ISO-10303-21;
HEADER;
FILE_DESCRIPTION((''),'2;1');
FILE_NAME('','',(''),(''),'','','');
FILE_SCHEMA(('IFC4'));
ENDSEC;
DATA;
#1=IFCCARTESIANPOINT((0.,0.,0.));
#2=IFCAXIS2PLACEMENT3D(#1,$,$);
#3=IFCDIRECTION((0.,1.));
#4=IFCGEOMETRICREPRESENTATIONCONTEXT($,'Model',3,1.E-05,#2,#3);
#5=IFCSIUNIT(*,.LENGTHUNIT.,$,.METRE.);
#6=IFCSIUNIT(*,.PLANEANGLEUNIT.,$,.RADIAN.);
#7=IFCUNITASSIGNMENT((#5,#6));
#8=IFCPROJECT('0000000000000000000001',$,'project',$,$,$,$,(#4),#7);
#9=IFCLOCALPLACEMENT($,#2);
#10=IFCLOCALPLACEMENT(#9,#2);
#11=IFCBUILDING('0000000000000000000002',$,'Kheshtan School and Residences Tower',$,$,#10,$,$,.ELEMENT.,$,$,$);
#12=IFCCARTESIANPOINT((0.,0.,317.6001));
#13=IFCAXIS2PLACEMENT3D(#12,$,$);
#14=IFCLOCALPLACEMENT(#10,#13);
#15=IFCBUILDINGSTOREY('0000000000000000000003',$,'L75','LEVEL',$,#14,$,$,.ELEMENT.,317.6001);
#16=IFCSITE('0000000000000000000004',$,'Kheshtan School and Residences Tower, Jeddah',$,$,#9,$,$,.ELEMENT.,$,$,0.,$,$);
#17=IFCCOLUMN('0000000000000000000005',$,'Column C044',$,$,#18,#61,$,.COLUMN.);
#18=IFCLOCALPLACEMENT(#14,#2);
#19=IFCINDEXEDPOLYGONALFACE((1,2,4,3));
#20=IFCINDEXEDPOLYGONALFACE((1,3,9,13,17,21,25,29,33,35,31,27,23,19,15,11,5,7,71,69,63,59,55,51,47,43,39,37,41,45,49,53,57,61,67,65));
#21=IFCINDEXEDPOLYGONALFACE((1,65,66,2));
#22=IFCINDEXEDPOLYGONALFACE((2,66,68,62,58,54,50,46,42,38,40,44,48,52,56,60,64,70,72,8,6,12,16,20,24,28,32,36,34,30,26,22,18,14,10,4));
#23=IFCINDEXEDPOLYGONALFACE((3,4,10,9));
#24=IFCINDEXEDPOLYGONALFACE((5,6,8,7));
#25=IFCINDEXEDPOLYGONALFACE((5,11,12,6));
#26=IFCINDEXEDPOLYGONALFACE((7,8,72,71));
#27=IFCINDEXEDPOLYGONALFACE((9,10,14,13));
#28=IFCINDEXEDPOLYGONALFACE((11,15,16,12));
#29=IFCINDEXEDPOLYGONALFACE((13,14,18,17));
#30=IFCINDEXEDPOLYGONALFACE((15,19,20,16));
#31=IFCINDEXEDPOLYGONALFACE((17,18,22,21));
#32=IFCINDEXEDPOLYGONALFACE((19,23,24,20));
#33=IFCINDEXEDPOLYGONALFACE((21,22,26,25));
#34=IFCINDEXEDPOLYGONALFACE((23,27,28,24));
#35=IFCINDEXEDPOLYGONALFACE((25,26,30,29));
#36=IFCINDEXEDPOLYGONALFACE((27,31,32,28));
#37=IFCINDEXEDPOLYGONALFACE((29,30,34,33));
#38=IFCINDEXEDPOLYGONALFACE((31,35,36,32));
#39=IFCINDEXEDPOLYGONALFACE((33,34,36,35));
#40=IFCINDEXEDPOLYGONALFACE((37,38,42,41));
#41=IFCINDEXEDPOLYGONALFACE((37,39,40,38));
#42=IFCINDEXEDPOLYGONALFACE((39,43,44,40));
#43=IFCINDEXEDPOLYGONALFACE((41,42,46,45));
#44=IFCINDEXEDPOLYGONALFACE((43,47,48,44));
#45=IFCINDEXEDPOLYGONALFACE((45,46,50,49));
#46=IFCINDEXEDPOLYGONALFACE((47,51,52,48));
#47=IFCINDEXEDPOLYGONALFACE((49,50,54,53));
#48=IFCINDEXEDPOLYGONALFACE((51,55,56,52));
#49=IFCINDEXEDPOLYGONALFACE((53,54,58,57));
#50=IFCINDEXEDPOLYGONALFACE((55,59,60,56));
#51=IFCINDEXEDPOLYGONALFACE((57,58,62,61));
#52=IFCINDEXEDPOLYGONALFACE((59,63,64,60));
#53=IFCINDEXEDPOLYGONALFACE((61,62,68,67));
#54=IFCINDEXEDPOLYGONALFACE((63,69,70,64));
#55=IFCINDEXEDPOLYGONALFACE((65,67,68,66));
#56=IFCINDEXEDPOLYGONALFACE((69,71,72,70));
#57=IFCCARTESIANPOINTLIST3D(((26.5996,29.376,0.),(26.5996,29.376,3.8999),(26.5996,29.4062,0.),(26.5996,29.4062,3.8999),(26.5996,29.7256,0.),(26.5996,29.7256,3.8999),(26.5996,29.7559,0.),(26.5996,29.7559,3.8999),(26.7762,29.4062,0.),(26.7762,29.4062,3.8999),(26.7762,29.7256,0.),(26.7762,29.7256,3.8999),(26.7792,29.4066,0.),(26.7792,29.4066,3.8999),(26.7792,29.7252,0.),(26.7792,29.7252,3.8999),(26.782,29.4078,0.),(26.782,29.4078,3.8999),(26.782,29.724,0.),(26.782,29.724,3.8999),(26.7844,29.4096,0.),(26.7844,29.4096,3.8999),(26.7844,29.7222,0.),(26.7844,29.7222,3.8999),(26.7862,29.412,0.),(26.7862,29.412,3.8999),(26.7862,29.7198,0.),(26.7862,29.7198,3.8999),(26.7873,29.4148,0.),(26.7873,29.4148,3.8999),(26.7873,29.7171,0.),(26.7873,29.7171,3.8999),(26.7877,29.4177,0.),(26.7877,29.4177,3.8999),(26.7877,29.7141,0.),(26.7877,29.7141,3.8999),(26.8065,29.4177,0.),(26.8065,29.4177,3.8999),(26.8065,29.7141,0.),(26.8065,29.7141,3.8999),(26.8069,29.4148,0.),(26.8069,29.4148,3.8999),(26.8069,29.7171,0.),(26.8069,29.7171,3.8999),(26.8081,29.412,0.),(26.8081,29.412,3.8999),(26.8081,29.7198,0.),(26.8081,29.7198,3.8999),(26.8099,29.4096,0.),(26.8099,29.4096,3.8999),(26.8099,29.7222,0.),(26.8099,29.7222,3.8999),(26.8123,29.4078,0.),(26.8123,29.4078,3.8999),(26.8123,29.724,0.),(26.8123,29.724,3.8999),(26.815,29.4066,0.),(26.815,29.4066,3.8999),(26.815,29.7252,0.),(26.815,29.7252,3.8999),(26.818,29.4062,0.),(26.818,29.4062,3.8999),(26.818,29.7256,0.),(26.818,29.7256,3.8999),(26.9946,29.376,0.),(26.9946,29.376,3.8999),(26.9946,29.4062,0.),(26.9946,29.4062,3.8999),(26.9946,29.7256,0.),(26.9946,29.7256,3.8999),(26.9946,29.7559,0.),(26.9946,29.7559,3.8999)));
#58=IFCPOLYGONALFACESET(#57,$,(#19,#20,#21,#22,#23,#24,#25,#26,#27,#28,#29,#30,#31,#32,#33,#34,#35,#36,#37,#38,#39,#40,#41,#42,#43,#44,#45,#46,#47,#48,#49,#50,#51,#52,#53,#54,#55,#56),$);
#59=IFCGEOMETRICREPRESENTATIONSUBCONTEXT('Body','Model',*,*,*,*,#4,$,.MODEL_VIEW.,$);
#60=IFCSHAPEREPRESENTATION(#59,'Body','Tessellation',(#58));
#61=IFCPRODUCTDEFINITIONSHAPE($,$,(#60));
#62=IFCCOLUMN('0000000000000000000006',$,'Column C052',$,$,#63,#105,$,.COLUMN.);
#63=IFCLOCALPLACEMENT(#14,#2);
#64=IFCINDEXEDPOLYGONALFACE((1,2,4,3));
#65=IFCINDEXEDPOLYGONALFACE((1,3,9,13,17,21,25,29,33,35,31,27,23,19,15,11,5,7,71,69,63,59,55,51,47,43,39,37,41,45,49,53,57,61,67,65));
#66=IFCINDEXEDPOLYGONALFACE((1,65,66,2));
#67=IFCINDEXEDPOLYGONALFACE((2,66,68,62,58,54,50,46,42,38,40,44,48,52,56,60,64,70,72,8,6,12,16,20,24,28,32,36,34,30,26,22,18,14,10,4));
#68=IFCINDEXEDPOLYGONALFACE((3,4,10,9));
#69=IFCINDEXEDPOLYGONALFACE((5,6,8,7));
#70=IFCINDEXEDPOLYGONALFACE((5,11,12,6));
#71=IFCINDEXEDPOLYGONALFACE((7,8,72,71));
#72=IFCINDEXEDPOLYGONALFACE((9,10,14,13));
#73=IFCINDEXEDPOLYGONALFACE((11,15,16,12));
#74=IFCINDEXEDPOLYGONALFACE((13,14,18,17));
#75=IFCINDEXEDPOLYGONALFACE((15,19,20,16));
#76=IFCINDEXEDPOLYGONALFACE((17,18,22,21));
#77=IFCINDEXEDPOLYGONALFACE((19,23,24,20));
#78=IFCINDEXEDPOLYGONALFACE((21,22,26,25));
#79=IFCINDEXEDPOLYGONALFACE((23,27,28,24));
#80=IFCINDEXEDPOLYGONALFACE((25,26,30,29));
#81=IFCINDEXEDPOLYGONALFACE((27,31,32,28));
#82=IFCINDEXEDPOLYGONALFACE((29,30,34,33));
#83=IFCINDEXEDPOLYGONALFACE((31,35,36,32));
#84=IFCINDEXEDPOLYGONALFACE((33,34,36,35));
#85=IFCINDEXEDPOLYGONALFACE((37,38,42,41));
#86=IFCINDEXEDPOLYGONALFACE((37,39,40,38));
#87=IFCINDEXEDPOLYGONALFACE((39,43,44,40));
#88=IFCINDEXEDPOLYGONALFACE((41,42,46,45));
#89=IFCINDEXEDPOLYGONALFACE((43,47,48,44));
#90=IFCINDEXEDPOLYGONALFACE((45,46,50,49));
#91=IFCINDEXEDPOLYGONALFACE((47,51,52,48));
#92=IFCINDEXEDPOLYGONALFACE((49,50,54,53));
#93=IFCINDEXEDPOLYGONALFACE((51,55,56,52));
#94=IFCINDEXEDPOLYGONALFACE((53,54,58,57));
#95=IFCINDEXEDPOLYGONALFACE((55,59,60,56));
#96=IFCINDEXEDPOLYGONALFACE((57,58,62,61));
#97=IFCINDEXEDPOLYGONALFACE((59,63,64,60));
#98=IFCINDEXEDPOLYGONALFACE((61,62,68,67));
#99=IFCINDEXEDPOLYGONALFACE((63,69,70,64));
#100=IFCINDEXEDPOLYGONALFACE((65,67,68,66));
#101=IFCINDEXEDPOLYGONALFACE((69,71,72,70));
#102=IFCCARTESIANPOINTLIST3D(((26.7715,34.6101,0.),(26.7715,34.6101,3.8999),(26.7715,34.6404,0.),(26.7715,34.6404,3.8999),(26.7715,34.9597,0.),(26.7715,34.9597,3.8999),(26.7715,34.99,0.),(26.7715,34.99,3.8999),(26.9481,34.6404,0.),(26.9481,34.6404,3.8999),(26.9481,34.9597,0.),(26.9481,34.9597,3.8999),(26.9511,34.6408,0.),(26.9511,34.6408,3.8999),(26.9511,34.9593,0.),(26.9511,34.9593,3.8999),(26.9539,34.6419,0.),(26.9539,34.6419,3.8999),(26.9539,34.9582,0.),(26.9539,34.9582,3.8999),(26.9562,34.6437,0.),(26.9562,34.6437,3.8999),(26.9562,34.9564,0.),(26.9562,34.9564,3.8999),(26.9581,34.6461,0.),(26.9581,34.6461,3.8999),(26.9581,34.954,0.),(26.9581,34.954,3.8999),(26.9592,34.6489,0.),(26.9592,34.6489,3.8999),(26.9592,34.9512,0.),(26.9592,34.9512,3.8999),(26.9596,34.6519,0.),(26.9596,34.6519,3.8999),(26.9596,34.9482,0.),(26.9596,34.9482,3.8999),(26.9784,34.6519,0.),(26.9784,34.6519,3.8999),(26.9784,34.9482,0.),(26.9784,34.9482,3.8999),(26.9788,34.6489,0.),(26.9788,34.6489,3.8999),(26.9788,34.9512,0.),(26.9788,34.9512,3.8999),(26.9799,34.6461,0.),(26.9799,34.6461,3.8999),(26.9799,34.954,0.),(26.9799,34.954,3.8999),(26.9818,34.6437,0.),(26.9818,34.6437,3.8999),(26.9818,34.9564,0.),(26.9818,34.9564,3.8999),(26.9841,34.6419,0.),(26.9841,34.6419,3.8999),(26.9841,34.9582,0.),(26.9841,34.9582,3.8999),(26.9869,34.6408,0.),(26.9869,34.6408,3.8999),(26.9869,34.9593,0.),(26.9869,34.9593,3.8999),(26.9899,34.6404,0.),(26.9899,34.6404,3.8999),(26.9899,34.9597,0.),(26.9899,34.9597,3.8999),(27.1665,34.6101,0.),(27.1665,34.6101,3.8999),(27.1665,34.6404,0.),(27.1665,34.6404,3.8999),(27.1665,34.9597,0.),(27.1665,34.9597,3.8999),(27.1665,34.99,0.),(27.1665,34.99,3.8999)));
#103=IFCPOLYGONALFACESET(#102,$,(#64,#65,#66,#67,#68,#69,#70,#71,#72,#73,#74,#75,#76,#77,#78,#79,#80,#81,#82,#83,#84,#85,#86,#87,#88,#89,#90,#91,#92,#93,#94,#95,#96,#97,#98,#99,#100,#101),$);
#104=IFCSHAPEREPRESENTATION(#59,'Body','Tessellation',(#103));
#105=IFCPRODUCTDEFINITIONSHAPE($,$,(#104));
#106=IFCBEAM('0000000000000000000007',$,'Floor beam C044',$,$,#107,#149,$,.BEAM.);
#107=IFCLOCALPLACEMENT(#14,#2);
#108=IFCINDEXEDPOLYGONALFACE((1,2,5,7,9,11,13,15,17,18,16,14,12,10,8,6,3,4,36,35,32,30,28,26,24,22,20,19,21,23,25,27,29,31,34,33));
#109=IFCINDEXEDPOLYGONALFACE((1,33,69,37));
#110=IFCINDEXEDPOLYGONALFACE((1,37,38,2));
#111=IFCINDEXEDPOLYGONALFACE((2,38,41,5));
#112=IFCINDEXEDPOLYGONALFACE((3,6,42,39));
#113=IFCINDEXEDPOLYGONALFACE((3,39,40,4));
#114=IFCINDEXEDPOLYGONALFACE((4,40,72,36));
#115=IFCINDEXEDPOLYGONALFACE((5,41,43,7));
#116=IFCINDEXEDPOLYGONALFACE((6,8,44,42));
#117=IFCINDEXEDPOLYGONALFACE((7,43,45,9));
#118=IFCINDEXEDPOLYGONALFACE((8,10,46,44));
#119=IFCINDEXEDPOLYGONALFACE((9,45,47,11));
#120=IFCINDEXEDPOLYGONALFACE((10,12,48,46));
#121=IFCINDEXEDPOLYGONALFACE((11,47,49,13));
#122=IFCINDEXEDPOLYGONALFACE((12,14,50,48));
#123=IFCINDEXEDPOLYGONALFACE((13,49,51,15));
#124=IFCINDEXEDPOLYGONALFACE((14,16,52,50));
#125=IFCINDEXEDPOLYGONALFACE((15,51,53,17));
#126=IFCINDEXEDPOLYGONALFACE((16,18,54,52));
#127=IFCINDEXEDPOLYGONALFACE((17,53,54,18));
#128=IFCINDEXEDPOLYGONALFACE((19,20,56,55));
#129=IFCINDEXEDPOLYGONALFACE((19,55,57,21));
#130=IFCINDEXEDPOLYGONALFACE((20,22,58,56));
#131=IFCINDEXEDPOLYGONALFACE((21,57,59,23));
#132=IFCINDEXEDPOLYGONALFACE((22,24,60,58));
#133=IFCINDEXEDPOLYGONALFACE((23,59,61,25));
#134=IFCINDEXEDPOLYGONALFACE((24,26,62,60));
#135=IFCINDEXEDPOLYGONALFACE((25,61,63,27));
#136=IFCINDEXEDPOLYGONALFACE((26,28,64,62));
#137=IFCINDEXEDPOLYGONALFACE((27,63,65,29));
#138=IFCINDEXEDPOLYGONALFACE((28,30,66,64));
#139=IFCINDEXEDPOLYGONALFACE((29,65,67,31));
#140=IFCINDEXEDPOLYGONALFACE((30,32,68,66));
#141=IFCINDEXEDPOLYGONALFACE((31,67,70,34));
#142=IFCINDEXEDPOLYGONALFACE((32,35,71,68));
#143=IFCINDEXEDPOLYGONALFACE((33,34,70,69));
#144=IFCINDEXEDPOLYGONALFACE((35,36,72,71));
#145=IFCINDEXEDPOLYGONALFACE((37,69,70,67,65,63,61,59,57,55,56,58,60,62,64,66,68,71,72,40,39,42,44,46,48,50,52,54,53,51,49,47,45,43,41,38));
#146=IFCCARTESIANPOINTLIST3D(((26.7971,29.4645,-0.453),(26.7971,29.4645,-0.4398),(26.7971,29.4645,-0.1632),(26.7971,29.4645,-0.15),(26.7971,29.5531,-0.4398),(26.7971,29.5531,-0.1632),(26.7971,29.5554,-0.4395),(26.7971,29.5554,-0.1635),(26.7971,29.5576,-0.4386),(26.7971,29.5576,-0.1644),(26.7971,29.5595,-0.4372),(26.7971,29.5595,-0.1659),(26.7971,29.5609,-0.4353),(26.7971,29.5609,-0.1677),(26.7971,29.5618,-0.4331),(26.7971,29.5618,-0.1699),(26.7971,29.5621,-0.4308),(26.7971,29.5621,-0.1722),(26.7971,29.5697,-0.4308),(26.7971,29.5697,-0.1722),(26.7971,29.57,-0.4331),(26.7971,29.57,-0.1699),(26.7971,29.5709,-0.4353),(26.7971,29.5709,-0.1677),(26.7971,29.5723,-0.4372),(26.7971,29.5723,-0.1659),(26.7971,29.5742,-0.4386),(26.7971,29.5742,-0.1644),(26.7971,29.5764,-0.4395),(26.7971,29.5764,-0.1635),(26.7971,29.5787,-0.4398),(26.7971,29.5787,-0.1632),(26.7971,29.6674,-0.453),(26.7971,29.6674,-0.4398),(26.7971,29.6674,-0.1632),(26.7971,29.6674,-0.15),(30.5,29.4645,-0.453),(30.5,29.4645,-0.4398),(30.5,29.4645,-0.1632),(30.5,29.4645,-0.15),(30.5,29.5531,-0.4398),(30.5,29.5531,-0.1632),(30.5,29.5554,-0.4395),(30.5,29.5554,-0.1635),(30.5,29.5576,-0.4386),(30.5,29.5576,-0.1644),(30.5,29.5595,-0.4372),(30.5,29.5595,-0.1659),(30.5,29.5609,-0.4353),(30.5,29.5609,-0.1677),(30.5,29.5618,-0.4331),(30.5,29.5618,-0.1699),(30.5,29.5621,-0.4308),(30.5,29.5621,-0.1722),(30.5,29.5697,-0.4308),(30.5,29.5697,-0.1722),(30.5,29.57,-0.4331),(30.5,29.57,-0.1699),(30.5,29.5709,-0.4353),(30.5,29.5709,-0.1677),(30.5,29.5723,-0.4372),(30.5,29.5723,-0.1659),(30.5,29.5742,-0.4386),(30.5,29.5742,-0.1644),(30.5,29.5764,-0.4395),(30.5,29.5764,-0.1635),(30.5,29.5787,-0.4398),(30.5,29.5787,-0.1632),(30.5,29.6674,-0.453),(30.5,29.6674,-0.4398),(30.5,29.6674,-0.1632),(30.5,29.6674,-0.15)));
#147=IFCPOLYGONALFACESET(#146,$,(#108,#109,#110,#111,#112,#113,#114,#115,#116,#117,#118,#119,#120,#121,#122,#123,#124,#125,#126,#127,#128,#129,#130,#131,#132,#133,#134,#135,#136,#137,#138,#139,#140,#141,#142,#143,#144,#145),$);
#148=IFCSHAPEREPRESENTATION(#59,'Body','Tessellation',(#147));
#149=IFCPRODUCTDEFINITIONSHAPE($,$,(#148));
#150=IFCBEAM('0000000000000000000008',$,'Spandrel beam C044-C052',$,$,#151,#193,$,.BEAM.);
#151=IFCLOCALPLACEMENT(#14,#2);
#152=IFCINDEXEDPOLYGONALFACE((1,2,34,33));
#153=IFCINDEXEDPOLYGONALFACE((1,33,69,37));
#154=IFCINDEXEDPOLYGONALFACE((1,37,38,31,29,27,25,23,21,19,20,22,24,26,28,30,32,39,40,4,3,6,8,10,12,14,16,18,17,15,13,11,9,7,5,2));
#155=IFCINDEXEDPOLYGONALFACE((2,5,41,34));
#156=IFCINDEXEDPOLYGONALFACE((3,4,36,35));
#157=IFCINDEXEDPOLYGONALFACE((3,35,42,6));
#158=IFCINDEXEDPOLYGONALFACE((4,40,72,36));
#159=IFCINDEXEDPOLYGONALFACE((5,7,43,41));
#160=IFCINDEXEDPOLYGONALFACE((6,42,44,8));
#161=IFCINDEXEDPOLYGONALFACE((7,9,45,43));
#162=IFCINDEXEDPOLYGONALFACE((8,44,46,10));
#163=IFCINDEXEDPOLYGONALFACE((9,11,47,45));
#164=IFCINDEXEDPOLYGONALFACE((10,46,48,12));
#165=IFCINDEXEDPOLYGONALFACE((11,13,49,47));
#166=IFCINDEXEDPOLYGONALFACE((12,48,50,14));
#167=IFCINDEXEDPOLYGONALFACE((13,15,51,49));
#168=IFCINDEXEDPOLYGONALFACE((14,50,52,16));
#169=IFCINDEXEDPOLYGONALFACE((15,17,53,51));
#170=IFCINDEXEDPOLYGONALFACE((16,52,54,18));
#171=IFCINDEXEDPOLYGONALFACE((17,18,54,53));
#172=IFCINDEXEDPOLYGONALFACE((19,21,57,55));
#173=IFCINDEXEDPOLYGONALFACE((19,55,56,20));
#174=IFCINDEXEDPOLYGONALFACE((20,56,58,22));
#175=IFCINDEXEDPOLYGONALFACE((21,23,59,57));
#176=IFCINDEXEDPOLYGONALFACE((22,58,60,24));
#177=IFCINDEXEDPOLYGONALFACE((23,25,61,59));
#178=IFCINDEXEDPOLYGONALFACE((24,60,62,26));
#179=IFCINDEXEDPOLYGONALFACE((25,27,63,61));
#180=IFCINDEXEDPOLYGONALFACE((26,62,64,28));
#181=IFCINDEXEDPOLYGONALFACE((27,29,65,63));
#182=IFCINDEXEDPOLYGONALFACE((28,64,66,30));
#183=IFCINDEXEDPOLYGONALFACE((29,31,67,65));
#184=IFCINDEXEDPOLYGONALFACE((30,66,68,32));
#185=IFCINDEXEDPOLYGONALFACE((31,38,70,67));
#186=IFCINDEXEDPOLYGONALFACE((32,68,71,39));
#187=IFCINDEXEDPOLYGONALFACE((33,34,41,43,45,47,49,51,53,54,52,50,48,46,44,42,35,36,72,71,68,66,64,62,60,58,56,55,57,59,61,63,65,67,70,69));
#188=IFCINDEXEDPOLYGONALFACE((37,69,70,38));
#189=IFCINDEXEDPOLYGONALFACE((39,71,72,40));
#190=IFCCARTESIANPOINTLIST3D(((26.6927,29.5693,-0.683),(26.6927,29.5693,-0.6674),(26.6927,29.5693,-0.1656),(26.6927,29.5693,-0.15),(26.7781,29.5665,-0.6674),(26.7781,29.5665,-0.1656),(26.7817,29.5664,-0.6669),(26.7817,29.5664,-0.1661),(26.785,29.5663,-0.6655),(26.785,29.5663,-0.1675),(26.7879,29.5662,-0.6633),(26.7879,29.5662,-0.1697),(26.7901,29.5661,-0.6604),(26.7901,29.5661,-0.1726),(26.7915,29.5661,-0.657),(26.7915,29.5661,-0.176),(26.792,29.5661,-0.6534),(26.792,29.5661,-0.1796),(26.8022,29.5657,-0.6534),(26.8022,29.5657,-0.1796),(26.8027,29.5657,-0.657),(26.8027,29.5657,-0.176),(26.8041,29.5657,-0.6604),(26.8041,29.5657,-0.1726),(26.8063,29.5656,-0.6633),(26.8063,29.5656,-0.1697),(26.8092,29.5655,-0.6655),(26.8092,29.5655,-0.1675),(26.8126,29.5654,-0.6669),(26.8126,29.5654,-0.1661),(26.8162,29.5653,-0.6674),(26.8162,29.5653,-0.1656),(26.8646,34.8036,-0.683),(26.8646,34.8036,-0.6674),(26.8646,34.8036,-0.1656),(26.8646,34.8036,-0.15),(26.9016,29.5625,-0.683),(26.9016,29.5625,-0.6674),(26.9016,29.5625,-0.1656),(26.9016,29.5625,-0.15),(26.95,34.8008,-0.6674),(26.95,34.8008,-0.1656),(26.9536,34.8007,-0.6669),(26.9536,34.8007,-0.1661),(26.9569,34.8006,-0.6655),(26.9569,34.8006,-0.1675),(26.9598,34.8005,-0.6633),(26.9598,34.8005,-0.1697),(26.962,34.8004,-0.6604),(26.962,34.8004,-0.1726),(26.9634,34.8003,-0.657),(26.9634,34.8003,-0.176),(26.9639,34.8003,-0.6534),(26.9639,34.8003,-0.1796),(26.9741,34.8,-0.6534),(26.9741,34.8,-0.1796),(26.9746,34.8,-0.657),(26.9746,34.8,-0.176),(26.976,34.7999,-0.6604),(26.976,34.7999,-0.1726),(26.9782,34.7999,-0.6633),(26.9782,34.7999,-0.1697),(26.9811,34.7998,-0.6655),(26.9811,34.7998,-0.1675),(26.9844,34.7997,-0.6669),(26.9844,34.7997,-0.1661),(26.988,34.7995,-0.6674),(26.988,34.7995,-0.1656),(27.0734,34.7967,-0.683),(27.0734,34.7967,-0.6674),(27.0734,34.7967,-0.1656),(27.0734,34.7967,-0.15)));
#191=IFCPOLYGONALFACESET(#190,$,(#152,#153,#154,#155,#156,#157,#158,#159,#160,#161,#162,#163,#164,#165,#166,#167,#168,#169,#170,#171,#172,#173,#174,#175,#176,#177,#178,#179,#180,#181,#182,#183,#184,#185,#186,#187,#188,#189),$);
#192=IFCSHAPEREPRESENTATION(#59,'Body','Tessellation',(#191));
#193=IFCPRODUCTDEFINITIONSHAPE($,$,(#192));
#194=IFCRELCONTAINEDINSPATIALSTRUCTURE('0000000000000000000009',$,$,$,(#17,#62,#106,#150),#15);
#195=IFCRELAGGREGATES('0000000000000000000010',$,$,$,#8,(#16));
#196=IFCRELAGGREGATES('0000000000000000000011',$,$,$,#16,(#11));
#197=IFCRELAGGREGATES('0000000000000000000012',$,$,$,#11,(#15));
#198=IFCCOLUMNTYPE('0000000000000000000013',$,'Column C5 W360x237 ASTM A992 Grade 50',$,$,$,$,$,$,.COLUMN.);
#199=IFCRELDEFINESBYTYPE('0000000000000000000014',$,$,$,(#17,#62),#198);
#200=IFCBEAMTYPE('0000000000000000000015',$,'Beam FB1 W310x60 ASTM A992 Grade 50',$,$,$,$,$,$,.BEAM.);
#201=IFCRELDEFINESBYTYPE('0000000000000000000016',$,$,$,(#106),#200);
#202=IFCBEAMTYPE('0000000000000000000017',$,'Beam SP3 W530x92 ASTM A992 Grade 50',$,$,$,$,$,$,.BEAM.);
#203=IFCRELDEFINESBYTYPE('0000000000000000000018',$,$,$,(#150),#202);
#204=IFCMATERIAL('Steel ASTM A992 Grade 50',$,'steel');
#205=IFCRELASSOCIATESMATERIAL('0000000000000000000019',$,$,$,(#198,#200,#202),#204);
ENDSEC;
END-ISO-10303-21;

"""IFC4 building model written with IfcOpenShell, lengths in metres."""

from ifc_helpers import new_model, si_unit, direction, frame, origin, origin_2d, place, context, subcontext, project, spatial, i_section, extrude, material, material_profile, profile_set, type_object, element, save


model = new_model("IFC4")

# Units and contexts
model_context = context("Model", 3, precision=1e-05, world=origin(), true_north=direction((0.0, 1.0)))
body_context = subcontext(model_context, "Body", "Model", "MODEL_VIEW")
ifc_project = project(units=[si_unit("LENGTHUNIT", "METRE"), si_unit("PLANEANGLEUNIT", "RADIAN")], contexts=[model_context])

# Site, building, storey
site_placement = place(None, origin())
site = spatial("IfcSite", under=ifc_project, at=site_placement, Name="Kheshtan School and Residences Tower, Jeddah", CompositionType="ELEMENT", RefElevation=0.0)
building_placement = place(site_placement, origin())
building = spatial("IfcBuilding", under=site, at=building_placement, Name="Kheshtan School and Residences Tower", CompositionType="ELEMENT")
storey_placement = place(building_placement, frame((0.0, 0.0, 317.6001)))
storey = spatial("IfcBuildingStorey", under=building, at=storey_placement, Name="L75", Description="LEVEL", CompositionType="ELEMENT", Elevation=317.6001)

# Columns
ifc_material_1 = material(Name="Steel ASTM A992 Grade 50", Category="steel")
ifc_material_profile_1 = material_profile(ifc_material_1, i_section(OverallWidth=0.395, OverallDepth=0.3799, WebThickness=0.0188, FlangeThickness=0.0303, FilletRadius=0.0115, at=origin_2d()), Name="W360x237")
ifc_profile_set_1 = profile_set([ifc_material_profile_1], Name="Steel ASTM A992 Grade 50")
column_type = type_object("IfcColumnType", Name="Column C5 W360x237 ASTM A992 Grade 50", PredefinedType="COLUMN", material=ifc_profile_set_1)
for number, where, z_axis, x_axis, name in (
    (1, (26.7971, 29.5659, 0.0), (0.0, 0.0, 1.0), (1.0, 0.0, 0.0), "Column C044"),
    (2, (26.969, 34.8, 0.0), (0.0, 0.0, 1.0), (1.0, 0.0, 0.0), "Column C052"),
):
    element("IfcColumn", number, at=place(storey_placement, frame(where, z_axis=z_axis, x_axis=x_axis)), inside=storey, type_object=column_type, Name=name, PredefinedType="COLUMN", context=body_context, shape_type="SweptSolid", body=[
        extrude(i_section(OverallWidth=0.395, OverallDepth=0.3799, WebThickness=0.0188, FlangeThickness=0.0303, FilletRadius=0.0115, at=origin_2d()), origin(), (0.0, 0.0, 1.0), 3.8999),
    ])

# Beams
ifc_material_profile_2 = material_profile(ifc_material_1, i_section(OverallWidth=0.2029, OverallDepth=0.303, WebThickness=0.0076, FlangeThickness=0.0132, FilletRadius=0.009, at=origin_2d()), Name="W310x60")
ifc_profile_set_2 = profile_set([ifc_material_profile_2], Name="Steel ASTM A992 Grade 50")
beam_type_1 = type_object("IfcBeamType", Name="Beam FB1 W310x60 ASTM A992 Grade 50", PredefinedType="BEAM", material=ifc_profile_set_2)
beam_1_placement = place(storey_placement, frame((26.7971, 29.5659, -0.3015), z_axis=(1.0, 0.0, 0.0), x_axis=(0.0, 1.0, 0.0)))
element("IfcBeam", 3, at=beam_1_placement, inside=storey, type_object=beam_type_1, Name="Floor beam C044", PredefinedType="BEAM", context=body_context, shape_type="SweptSolid", body=[
    extrude(i_section(OverallWidth=0.2029, OverallDepth=0.303, WebThickness=0.0076, FlangeThickness=0.0132, FilletRadius=0.009, at=origin_2d()), origin(), (0.0, 0.0, 1.0), 3.7029),
])
ifc_material_profile_3 = material_profile(ifc_material_1, i_section(OverallWidth=0.209, OverallDepth=0.533, WebThickness=0.0103, FlangeThickness=0.0156, FilletRadius=0.0139, at=origin_2d()), Name="W530x92")
ifc_profile_set_3 = profile_set([ifc_material_profile_3], Name="Steel ASTM A992 Grade 50")
beam_type_2 = type_object("IfcBeamType", Name="Beam SP3 W530x92 ASTM A992 Grade 50", PredefinedType="BEAM", material=ifc_profile_set_3)
beam_2_placement = place(storey_placement, frame((26.7971, 29.5659, -0.4165), z_axis=(0.03282, 0.999461, 0.0), x_axis=(-0.999461, 0.03282, 0.0)))
element("IfcBeam", 4, at=beam_2_placement, inside=storey, type_object=beam_type_2, Name="Spandrel beam C044-C052", PredefinedType="BEAM", context=body_context, shape_type="SweptSolid", body=[
    extrude(i_section(OverallWidth=0.209, OverallDepth=0.533, WebThickness=0.0103, FlangeThickness=0.0156, FilletRadius=0.0139, at=origin_2d()), origin(), (0.0, 0.0, 1.0), 5.2371),
])

save(model, "model.ifc")
